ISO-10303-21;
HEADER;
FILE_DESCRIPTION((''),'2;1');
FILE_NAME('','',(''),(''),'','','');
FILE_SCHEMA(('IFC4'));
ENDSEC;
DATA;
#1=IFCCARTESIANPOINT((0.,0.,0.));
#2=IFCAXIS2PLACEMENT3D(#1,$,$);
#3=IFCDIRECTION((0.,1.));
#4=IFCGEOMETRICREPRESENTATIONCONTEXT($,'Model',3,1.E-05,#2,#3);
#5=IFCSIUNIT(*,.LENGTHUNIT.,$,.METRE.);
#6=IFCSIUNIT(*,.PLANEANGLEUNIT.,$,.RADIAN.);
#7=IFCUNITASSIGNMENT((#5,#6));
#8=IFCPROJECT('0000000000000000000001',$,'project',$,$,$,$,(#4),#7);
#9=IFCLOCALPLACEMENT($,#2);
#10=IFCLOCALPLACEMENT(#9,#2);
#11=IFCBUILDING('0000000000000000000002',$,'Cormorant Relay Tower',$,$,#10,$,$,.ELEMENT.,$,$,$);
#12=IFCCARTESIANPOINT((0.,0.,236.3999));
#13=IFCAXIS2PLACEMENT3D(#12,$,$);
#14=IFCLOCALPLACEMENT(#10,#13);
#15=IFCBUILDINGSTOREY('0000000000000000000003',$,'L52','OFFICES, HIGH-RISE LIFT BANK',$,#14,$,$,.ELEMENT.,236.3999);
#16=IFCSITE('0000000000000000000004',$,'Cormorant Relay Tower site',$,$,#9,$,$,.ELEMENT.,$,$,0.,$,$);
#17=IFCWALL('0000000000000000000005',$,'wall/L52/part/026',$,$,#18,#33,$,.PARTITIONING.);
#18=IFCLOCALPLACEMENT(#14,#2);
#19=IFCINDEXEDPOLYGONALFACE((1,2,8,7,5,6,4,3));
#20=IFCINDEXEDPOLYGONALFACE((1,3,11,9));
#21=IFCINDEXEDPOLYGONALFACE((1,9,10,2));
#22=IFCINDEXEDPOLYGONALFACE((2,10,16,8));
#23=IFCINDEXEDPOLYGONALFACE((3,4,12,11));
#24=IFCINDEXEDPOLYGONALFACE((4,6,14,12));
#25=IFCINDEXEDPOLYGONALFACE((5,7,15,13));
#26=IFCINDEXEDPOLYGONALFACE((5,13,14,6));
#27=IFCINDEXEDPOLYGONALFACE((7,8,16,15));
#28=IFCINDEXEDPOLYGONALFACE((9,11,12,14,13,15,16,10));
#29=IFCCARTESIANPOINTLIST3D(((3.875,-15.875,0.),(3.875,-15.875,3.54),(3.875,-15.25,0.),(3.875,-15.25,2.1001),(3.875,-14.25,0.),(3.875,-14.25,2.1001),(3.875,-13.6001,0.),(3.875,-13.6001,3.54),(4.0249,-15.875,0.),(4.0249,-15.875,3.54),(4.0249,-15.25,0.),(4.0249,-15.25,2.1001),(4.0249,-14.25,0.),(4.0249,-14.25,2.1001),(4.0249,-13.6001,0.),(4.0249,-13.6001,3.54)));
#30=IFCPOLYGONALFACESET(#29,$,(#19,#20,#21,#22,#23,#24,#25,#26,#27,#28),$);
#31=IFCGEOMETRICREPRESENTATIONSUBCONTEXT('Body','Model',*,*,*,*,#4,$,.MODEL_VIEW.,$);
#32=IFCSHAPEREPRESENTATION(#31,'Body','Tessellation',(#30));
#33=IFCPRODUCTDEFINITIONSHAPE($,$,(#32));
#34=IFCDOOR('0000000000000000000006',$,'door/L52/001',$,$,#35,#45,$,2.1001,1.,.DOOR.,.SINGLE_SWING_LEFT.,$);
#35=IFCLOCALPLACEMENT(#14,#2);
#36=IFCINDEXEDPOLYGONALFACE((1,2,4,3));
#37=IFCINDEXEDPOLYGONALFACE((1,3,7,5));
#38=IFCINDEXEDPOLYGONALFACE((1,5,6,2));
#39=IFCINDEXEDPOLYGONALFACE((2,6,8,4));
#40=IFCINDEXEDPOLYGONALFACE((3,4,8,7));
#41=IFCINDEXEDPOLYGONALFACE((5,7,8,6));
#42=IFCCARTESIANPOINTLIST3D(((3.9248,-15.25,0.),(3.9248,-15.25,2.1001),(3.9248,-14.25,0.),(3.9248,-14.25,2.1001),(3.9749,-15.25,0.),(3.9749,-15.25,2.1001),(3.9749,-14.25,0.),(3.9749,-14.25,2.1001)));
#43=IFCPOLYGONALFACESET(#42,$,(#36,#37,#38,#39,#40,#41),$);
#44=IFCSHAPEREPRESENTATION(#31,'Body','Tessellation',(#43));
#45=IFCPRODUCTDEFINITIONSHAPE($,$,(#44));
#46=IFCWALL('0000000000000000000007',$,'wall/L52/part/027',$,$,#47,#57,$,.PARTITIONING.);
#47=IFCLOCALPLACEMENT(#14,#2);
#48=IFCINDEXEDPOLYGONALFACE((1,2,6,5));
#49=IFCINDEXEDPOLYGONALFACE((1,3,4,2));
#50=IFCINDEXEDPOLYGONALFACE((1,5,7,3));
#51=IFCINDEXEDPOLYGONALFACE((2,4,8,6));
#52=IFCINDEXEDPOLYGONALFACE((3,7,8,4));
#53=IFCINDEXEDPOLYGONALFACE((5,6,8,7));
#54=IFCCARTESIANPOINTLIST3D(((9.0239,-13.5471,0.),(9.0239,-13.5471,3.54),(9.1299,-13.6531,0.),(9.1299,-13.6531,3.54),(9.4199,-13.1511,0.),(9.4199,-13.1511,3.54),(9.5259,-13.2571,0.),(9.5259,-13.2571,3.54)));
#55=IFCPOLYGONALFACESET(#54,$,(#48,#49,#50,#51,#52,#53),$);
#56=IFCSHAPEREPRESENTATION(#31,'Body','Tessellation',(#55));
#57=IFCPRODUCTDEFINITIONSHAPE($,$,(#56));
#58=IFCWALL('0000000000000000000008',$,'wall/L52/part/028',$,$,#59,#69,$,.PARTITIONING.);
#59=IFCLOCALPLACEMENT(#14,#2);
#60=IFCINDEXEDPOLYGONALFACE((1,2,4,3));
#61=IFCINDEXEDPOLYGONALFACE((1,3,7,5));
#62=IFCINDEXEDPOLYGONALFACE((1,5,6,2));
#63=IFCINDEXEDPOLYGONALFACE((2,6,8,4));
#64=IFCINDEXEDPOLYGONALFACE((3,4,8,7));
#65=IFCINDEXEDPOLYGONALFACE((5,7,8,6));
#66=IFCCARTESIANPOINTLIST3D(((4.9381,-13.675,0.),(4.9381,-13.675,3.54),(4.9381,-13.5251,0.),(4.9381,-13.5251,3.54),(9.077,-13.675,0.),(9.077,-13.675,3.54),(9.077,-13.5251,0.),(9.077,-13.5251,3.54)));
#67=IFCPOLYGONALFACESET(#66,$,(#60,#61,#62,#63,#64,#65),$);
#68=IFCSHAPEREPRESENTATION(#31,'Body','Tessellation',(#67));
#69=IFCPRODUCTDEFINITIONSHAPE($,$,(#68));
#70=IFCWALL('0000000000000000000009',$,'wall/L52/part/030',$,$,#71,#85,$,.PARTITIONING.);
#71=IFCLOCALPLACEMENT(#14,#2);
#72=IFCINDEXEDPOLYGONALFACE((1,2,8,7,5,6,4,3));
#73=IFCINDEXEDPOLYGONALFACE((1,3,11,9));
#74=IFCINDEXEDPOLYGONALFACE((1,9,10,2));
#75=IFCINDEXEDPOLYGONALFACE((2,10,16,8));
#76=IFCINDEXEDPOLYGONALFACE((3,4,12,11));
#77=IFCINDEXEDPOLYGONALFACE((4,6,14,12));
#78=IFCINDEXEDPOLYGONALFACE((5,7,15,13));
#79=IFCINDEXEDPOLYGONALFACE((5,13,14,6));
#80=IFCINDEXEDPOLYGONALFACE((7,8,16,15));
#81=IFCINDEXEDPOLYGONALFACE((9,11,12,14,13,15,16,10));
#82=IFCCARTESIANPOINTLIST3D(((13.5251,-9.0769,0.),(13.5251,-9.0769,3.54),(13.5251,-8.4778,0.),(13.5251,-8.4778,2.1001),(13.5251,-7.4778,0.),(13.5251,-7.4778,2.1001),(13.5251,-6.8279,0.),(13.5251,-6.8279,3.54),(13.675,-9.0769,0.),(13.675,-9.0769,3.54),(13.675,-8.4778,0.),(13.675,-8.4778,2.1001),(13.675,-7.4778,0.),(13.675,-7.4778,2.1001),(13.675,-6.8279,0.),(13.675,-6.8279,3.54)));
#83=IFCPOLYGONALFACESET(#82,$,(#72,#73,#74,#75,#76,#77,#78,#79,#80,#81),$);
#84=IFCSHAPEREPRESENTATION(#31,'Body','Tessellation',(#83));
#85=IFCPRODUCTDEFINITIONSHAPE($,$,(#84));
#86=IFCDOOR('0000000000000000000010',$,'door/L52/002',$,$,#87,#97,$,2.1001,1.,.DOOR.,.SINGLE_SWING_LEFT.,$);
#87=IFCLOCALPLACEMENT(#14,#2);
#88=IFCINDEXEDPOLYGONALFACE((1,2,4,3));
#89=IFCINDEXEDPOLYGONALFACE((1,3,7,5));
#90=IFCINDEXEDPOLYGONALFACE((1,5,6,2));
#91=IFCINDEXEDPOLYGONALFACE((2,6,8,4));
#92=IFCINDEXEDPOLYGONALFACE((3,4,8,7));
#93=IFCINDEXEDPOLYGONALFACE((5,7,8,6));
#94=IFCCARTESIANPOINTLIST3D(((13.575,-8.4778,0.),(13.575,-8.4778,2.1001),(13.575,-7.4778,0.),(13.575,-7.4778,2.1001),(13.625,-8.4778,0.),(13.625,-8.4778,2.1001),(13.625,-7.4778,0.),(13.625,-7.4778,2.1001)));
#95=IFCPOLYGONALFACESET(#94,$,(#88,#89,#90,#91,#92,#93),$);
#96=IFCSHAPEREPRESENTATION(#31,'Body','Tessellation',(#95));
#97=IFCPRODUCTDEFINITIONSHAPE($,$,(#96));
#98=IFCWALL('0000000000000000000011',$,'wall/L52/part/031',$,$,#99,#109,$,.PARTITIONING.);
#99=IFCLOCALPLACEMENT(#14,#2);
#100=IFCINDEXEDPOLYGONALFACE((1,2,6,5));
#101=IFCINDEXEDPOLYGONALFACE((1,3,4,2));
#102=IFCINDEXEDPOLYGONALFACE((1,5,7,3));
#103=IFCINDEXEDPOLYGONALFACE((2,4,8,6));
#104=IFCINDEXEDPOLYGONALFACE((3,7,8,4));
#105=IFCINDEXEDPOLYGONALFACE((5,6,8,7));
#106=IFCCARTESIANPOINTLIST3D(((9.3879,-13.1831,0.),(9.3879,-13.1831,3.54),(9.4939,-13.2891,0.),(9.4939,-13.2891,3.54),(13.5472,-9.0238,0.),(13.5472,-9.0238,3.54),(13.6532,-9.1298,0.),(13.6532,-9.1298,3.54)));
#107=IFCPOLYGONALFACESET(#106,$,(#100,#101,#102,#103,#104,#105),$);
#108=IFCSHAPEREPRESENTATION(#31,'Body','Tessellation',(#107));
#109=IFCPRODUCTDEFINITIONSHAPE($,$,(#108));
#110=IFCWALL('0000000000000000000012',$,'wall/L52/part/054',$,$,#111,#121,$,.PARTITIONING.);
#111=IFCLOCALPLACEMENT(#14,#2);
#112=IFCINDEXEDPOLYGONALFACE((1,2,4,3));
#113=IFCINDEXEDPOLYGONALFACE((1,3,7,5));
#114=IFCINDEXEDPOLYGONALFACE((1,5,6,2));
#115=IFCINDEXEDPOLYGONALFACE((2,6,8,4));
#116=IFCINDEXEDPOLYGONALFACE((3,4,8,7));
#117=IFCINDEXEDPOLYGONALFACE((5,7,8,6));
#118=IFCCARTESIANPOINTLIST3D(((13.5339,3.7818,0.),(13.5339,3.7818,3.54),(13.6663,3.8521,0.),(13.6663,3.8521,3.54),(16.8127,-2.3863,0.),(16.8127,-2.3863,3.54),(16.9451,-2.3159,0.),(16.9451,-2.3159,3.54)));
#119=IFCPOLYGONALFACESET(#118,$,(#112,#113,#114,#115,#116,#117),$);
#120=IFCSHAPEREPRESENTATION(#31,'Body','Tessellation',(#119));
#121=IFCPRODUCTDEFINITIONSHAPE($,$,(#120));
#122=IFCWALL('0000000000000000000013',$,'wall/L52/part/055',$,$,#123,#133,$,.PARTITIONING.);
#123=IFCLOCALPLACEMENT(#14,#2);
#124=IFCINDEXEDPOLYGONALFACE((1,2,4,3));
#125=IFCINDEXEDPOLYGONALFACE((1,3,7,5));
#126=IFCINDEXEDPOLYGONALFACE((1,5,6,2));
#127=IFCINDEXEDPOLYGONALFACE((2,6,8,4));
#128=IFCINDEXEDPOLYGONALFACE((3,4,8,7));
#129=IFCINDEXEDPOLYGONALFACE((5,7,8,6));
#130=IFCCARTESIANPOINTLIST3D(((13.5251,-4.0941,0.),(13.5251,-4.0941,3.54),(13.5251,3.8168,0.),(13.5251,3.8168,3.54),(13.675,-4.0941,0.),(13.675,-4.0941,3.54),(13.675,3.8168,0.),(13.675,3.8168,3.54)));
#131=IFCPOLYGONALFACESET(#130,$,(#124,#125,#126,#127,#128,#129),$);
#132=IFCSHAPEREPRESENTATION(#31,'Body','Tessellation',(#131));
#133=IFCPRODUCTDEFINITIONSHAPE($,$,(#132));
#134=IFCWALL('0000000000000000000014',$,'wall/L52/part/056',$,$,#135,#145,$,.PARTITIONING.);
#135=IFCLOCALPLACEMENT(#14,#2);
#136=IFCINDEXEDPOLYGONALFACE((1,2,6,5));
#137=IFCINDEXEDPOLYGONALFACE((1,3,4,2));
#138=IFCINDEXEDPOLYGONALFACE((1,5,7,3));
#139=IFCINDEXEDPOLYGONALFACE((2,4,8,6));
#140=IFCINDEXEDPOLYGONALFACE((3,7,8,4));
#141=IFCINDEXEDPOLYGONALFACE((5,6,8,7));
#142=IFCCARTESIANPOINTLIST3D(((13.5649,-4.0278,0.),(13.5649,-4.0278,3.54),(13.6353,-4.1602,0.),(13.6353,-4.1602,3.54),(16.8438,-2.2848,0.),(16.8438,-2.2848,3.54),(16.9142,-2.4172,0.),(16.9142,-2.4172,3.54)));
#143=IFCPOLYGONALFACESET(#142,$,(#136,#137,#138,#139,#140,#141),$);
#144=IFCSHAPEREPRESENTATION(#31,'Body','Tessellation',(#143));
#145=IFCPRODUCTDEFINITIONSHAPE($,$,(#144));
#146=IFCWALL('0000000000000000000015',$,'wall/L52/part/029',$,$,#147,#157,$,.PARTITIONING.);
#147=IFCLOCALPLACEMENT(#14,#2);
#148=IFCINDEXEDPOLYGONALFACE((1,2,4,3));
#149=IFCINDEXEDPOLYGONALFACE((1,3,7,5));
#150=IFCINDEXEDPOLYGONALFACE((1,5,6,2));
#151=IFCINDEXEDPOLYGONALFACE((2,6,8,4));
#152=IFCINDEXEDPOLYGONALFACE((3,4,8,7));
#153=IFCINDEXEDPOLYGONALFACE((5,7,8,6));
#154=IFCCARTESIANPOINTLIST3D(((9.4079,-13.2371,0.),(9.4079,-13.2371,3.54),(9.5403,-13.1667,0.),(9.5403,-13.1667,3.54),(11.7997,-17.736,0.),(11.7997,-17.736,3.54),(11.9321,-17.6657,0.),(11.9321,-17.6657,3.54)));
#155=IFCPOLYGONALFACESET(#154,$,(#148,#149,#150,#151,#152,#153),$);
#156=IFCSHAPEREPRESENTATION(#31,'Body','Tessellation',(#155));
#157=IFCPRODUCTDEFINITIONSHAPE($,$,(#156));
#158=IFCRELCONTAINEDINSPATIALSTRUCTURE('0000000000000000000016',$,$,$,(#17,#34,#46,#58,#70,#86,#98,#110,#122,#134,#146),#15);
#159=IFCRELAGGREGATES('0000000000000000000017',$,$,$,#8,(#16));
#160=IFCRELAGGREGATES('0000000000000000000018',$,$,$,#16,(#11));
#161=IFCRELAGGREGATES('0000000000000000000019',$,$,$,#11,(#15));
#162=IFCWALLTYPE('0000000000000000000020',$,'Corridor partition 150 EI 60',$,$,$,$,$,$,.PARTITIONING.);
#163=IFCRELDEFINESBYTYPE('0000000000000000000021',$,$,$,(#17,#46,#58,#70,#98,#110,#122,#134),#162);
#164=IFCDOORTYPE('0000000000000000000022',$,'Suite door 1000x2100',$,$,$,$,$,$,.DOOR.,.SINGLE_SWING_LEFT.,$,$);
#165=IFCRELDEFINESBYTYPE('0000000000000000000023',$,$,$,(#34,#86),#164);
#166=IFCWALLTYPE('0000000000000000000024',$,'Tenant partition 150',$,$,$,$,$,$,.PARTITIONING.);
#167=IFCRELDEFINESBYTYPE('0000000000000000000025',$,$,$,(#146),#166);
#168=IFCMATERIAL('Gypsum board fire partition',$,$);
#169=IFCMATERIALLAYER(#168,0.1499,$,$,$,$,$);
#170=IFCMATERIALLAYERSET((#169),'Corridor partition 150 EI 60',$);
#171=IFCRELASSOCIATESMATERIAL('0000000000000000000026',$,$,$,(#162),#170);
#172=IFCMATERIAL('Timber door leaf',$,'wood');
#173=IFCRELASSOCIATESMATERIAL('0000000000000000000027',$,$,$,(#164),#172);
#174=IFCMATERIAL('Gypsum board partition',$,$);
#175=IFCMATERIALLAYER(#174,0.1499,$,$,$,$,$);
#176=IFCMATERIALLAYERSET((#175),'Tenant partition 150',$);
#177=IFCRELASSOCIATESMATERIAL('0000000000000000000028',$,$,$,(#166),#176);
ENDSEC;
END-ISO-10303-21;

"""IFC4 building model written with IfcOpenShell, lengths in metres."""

from ifc_helpers import new_model, si_unit, direction, frame, frame_2d, origin, place, context, subcontext, project, spatial, rectangle, extrude, material, layer, layer_set, type_object, element, fill, save


model = new_model("IFC4")

# Units and contexts
model_context = context("Model", 3, precision=1e-05, world=origin(), true_north=direction((0.0, 1.0)))
body_context = subcontext(model_context, "Body", "Model", "MODEL_VIEW")
ifc_project = project(units=[si_unit("LENGTHUNIT", "METRE"), si_unit("PLANEANGLEUNIT", "RADIAN")], contexts=[model_context])

# Site, building, storey
site_placement = place(None, origin())
site = spatial("IfcSite", under=ifc_project, at=site_placement, Name="Cormorant Relay Tower site", CompositionType="ELEMENT", RefElevation=0.0)
building_placement = place(site_placement, origin())
building = spatial("IfcBuilding", under=site, at=building_placement, Name="Cormorant Relay Tower", CompositionType="ELEMENT")
storey_placement = place(building_placement, frame((0.0, 0.0, 236.3999)))
storey = spatial("IfcBuildingStorey", under=building, at=storey_placement, Name="L52", Description="OFFICES, HIGH-RISE LIFT BANK", CompositionType="ELEMENT", Elevation=236.3999)

# Shared definitions
ifc_material_1 = material(Name="Gypsum board fire partition")
ifc_layer_1 = layer(ifc_material_1, 0.1499)
ifc_layer_set_1 = layer_set([ifc_layer_1], Name="Corridor partition 150 EI 60")
wall_type_1 = type_object("IfcWallType", Name="Corridor partition 150 EI 60", PredefinedType="PARTITIONING", material=ifc_layer_set_1)

# Wall, opening, door
wall_1_placement = place(storey_placement, frame((3.95, -13.6001, 0.0), z_axis=(0.0, 0.0, 1.0), x_axis=(0.0, -1.0, 0.0)))
wall_1 = element("IfcWall", 1, at=wall_1_placement, inside=storey, type_object=wall_type_1, Name="wall/L52/part/026", PredefinedType="PARTITIONING", context=body_context, shape_type="SweptSolid", body=[
    extrude(rectangle(XDim=2.2749, YDim=0.1499, at=frame_2d((1.1375, 0.0))), origin(), (0.0, 0.0, 1.0), 3.54),
])
opening_1_placement = place(wall_1_placement, frame((0.6499, 0.0, 0.0)))
opening_1 = element("IfcOpeningElement", 2, at=opening_1_placement, cuts=wall_1, PredefinedType="OPENING", context=body_context, shape_type="SweptSolid", body=[
    extrude(rectangle(XDim=1.0, YDim=2.1001, at=frame_2d((0.5, 1.05))), frame((0.0, 0.085, 0.0), z_axis=(0.0, -1.0, 0.0), x_axis=(1.0, 0.0, 0.0)), (0.0, 0.0, 1.0), 0.1699),
])
ifc_material_2 = material(Name="Timber door leaf", Category="wood")
door_type = type_object("IfcDoorType", Name="Suite door 1000x2100", OperationType="SINGLE_SWING_LEFT", PredefinedType="DOOR", material=ifc_material_2)
door_1_placement = place(opening_1_placement, origin())
door_1 = element("IfcDoor", 3, at=door_1_placement, inside=storey, type_object=door_type, Name="door/L52/001", OperationType="SINGLE_SWING_LEFT", OverallHeight=2.1001, OverallWidth=1.0, PredefinedType="DOOR", context=body_context, shape_type="SweptSolid", body=[
    extrude(rectangle(XDim=1.0, YDim=2.1001, at=frame_2d((0.5, 1.05))), frame((0.0, 0.0249, 0.0), z_axis=(0.0, -1.0, 0.0), x_axis=(1.0, 0.0, 0.0)), (0.0, 0.0, 1.0), 0.05),
])
fill(opening_1, door_1)

# Walls
wall_2_placement = place(storey_placement, frame((9.4729, -13.2041, 0.0), z_axis=(0.0, 0.0, 1.0), x_axis=(-0.707107, -0.707107, 0.0)))
element("IfcWall", 4, at=wall_2_placement, inside=storey, type_object=wall_type_1, Name="wall/L52/part/027", PredefinedType="PARTITIONING", context=body_context, shape_type="SweptSolid", body=[
    extrude(rectangle(XDim=0.5601, YDim=0.1499, at=frame_2d((0.28, 0.0))), origin(), (0.0, 0.0, 1.0), 3.54),
])
wall_3_placement = place(storey_placement, frame((9.0769, -13.6001, 0.0), z_axis=(0.0, 0.0, 1.0), x_axis=(-1.0, 0.0, 0.0)))
element("IfcWall", 5, at=wall_3_placement, inside=storey, type_object=wall_type_1, Name="wall/L52/part/028", PredefinedType="PARTITIONING", context=body_context, shape_type="SweptSolid", body=[
    extrude(rectangle(XDim=4.1389, YDim=0.1499, at=frame_2d((2.0693, 0.0))), origin(), (0.0, 0.0, 1.0), 3.54),
])

# Wall, opening, door
wall_4_placement = place(storey_placement, frame((13.6001, -6.8279, 0.0), z_axis=(0.0, 0.0, 1.0), x_axis=(0.0, -1.0, 0.0)))
wall_4 = element("IfcWall", 6, at=wall_4_placement, inside=storey, type_object=wall_type_1, Name="wall/L52/part/030", PredefinedType="PARTITIONING", context=body_context, shape_type="SweptSolid", body=[
    extrude(rectangle(XDim=2.249, YDim=0.1499, at=frame_2d((1.1245, 0.0))), origin(), (0.0, 0.0, 1.0), 3.54),
])
opening_2_placement = place(wall_4_placement, frame((0.6499, 0.0, 0.0)))
opening_2 = element("IfcOpeningElement", 7, at=opening_2_placement, cuts=wall_4, PredefinedType="OPENING", context=body_context, shape_type="SweptSolid", body=[
    extrude(rectangle(XDim=1.0, YDim=2.1001, at=frame_2d((0.5, 1.05))), frame((0.0, 0.085, 0.0), z_axis=(0.0, -1.0, 0.0), x_axis=(1.0, 0.0, 0.0)), (0.0, 0.0, 1.0), 0.1699),
])
door_2_placement = place(opening_2_placement, origin())
door_2 = element("IfcDoor", 8, at=door_2_placement, inside=storey, type_object=door_type, Name="door/L52/002", OperationType="SINGLE_SWING_LEFT", OverallHeight=2.1001, OverallWidth=1.0, PredefinedType="DOOR", context=body_context, shape_type="SweptSolid", body=[
    extrude(rectangle(XDim=1.0, YDim=2.1001, at=frame_2d((0.5, 1.05))), frame((0.0, 0.0249, 0.0), z_axis=(0.0, -1.0, 0.0), x_axis=(1.0, 0.0, 0.0)), (0.0, 0.0, 1.0), 0.05),
])
fill(opening_2, door_2)

# Walls
wall_5_placement = place(storey_placement, frame((13.6001, -9.0769, 0.0), z_axis=(0.0, 0.0, 1.0), x_axis=(-0.707107, -0.707107, 0.0)))
element("IfcWall", 9, at=wall_5_placement, inside=storey, type_object=wall_type_1, Name="wall/L52/part/031", PredefinedType="PARTITIONING", context=body_context, shape_type="SweptSolid", body=[
    extrude(rectangle(XDim=5.8821, YDim=0.1499, at=frame_2d((2.9409, 0.0))), origin(), (0.0, 0.0, 1.0), 3.54),
])
wall_6_placement = place(storey_placement, frame((16.8789, -2.3511, 0.0), z_axis=(0.0, 0.0, 1.0), x_axis=(-0.469387, 0.882993, 0.0)))
element("IfcWall", 10, at=wall_6_placement, inside=storey, type_object=wall_type_1, Name="wall/L52/part/054", PredefinedType="PARTITIONING", context=body_context, shape_type="SweptSolid", body=[
    extrude(rectangle(XDim=6.9854, YDim=0.1499, at=frame_2d((3.4927, 0.0))), origin(), (0.0, 0.0, 1.0), 3.54),
])
wall_7_placement = place(storey_placement, frame((13.6001, 3.8169, 0.0), z_axis=(0.0, 0.0, 1.0), x_axis=(0.0, -1.0, 0.0)))
element("IfcWall", 11, at=wall_7_placement, inside=storey, type_object=wall_type_1, Name="wall/L52/part/055", PredefinedType="PARTITIONING", context=body_context, shape_type="SweptSolid", body=[
    extrude(rectangle(XDim=7.9109, YDim=0.1499, at=frame_2d((3.9556, 0.0))), origin(), (0.0, 0.0, 1.0), 3.54),
])
wall_8_placement = place(storey_placement, frame((13.6001, -4.094, 0.0), z_axis=(0.0, 0.0, 1.0), x_axis=(0.882998, 0.469376, 0.0)))
element("IfcWall", 12, at=wall_8_placement, inside=storey, type_object=wall_type_1, Name="wall/L52/part/056", PredefinedType="PARTITIONING", context=body_context, shape_type="SweptSolid", body=[
    extrude(rectangle(XDim=3.7134, YDim=0.1499, at=frame_2d((1.8567, 0.0))), origin(), (0.0, 0.0, 1.0), 3.54),
])
ifc_material_3 = material(Name="Gypsum board partition")
ifc_layer_2 = layer(ifc_material_3, 0.1499)
ifc_layer_set_2 = layer_set([ifc_layer_2], Name="Tenant partition 150")
wall_type_2 = type_object("IfcWallType", Name="Tenant partition 150", PredefinedType="PARTITIONING", material=ifc_layer_set_2)
wall_9_placement = place(storey_placement, frame((9.4741, -13.2019, 0.0), z_axis=(0.0, 0.0, 1.0), x_axis=(0.469421, -0.882974, 0.0)))
element("IfcWall", 13, at=wall_9_placement, inside=storey, type_object=wall_type_2, Name="wall/L52/part/029", PredefinedType="PARTITIONING", context=body_context, shape_type="SweptSolid", body=[
    extrude(rectangle(XDim=5.0952, YDim=0.1499, at=frame_2d((2.5476, 0.0))), origin(), (0.0, 0.0, 1.0), 3.54),
])

save(model, "model.ifc")
